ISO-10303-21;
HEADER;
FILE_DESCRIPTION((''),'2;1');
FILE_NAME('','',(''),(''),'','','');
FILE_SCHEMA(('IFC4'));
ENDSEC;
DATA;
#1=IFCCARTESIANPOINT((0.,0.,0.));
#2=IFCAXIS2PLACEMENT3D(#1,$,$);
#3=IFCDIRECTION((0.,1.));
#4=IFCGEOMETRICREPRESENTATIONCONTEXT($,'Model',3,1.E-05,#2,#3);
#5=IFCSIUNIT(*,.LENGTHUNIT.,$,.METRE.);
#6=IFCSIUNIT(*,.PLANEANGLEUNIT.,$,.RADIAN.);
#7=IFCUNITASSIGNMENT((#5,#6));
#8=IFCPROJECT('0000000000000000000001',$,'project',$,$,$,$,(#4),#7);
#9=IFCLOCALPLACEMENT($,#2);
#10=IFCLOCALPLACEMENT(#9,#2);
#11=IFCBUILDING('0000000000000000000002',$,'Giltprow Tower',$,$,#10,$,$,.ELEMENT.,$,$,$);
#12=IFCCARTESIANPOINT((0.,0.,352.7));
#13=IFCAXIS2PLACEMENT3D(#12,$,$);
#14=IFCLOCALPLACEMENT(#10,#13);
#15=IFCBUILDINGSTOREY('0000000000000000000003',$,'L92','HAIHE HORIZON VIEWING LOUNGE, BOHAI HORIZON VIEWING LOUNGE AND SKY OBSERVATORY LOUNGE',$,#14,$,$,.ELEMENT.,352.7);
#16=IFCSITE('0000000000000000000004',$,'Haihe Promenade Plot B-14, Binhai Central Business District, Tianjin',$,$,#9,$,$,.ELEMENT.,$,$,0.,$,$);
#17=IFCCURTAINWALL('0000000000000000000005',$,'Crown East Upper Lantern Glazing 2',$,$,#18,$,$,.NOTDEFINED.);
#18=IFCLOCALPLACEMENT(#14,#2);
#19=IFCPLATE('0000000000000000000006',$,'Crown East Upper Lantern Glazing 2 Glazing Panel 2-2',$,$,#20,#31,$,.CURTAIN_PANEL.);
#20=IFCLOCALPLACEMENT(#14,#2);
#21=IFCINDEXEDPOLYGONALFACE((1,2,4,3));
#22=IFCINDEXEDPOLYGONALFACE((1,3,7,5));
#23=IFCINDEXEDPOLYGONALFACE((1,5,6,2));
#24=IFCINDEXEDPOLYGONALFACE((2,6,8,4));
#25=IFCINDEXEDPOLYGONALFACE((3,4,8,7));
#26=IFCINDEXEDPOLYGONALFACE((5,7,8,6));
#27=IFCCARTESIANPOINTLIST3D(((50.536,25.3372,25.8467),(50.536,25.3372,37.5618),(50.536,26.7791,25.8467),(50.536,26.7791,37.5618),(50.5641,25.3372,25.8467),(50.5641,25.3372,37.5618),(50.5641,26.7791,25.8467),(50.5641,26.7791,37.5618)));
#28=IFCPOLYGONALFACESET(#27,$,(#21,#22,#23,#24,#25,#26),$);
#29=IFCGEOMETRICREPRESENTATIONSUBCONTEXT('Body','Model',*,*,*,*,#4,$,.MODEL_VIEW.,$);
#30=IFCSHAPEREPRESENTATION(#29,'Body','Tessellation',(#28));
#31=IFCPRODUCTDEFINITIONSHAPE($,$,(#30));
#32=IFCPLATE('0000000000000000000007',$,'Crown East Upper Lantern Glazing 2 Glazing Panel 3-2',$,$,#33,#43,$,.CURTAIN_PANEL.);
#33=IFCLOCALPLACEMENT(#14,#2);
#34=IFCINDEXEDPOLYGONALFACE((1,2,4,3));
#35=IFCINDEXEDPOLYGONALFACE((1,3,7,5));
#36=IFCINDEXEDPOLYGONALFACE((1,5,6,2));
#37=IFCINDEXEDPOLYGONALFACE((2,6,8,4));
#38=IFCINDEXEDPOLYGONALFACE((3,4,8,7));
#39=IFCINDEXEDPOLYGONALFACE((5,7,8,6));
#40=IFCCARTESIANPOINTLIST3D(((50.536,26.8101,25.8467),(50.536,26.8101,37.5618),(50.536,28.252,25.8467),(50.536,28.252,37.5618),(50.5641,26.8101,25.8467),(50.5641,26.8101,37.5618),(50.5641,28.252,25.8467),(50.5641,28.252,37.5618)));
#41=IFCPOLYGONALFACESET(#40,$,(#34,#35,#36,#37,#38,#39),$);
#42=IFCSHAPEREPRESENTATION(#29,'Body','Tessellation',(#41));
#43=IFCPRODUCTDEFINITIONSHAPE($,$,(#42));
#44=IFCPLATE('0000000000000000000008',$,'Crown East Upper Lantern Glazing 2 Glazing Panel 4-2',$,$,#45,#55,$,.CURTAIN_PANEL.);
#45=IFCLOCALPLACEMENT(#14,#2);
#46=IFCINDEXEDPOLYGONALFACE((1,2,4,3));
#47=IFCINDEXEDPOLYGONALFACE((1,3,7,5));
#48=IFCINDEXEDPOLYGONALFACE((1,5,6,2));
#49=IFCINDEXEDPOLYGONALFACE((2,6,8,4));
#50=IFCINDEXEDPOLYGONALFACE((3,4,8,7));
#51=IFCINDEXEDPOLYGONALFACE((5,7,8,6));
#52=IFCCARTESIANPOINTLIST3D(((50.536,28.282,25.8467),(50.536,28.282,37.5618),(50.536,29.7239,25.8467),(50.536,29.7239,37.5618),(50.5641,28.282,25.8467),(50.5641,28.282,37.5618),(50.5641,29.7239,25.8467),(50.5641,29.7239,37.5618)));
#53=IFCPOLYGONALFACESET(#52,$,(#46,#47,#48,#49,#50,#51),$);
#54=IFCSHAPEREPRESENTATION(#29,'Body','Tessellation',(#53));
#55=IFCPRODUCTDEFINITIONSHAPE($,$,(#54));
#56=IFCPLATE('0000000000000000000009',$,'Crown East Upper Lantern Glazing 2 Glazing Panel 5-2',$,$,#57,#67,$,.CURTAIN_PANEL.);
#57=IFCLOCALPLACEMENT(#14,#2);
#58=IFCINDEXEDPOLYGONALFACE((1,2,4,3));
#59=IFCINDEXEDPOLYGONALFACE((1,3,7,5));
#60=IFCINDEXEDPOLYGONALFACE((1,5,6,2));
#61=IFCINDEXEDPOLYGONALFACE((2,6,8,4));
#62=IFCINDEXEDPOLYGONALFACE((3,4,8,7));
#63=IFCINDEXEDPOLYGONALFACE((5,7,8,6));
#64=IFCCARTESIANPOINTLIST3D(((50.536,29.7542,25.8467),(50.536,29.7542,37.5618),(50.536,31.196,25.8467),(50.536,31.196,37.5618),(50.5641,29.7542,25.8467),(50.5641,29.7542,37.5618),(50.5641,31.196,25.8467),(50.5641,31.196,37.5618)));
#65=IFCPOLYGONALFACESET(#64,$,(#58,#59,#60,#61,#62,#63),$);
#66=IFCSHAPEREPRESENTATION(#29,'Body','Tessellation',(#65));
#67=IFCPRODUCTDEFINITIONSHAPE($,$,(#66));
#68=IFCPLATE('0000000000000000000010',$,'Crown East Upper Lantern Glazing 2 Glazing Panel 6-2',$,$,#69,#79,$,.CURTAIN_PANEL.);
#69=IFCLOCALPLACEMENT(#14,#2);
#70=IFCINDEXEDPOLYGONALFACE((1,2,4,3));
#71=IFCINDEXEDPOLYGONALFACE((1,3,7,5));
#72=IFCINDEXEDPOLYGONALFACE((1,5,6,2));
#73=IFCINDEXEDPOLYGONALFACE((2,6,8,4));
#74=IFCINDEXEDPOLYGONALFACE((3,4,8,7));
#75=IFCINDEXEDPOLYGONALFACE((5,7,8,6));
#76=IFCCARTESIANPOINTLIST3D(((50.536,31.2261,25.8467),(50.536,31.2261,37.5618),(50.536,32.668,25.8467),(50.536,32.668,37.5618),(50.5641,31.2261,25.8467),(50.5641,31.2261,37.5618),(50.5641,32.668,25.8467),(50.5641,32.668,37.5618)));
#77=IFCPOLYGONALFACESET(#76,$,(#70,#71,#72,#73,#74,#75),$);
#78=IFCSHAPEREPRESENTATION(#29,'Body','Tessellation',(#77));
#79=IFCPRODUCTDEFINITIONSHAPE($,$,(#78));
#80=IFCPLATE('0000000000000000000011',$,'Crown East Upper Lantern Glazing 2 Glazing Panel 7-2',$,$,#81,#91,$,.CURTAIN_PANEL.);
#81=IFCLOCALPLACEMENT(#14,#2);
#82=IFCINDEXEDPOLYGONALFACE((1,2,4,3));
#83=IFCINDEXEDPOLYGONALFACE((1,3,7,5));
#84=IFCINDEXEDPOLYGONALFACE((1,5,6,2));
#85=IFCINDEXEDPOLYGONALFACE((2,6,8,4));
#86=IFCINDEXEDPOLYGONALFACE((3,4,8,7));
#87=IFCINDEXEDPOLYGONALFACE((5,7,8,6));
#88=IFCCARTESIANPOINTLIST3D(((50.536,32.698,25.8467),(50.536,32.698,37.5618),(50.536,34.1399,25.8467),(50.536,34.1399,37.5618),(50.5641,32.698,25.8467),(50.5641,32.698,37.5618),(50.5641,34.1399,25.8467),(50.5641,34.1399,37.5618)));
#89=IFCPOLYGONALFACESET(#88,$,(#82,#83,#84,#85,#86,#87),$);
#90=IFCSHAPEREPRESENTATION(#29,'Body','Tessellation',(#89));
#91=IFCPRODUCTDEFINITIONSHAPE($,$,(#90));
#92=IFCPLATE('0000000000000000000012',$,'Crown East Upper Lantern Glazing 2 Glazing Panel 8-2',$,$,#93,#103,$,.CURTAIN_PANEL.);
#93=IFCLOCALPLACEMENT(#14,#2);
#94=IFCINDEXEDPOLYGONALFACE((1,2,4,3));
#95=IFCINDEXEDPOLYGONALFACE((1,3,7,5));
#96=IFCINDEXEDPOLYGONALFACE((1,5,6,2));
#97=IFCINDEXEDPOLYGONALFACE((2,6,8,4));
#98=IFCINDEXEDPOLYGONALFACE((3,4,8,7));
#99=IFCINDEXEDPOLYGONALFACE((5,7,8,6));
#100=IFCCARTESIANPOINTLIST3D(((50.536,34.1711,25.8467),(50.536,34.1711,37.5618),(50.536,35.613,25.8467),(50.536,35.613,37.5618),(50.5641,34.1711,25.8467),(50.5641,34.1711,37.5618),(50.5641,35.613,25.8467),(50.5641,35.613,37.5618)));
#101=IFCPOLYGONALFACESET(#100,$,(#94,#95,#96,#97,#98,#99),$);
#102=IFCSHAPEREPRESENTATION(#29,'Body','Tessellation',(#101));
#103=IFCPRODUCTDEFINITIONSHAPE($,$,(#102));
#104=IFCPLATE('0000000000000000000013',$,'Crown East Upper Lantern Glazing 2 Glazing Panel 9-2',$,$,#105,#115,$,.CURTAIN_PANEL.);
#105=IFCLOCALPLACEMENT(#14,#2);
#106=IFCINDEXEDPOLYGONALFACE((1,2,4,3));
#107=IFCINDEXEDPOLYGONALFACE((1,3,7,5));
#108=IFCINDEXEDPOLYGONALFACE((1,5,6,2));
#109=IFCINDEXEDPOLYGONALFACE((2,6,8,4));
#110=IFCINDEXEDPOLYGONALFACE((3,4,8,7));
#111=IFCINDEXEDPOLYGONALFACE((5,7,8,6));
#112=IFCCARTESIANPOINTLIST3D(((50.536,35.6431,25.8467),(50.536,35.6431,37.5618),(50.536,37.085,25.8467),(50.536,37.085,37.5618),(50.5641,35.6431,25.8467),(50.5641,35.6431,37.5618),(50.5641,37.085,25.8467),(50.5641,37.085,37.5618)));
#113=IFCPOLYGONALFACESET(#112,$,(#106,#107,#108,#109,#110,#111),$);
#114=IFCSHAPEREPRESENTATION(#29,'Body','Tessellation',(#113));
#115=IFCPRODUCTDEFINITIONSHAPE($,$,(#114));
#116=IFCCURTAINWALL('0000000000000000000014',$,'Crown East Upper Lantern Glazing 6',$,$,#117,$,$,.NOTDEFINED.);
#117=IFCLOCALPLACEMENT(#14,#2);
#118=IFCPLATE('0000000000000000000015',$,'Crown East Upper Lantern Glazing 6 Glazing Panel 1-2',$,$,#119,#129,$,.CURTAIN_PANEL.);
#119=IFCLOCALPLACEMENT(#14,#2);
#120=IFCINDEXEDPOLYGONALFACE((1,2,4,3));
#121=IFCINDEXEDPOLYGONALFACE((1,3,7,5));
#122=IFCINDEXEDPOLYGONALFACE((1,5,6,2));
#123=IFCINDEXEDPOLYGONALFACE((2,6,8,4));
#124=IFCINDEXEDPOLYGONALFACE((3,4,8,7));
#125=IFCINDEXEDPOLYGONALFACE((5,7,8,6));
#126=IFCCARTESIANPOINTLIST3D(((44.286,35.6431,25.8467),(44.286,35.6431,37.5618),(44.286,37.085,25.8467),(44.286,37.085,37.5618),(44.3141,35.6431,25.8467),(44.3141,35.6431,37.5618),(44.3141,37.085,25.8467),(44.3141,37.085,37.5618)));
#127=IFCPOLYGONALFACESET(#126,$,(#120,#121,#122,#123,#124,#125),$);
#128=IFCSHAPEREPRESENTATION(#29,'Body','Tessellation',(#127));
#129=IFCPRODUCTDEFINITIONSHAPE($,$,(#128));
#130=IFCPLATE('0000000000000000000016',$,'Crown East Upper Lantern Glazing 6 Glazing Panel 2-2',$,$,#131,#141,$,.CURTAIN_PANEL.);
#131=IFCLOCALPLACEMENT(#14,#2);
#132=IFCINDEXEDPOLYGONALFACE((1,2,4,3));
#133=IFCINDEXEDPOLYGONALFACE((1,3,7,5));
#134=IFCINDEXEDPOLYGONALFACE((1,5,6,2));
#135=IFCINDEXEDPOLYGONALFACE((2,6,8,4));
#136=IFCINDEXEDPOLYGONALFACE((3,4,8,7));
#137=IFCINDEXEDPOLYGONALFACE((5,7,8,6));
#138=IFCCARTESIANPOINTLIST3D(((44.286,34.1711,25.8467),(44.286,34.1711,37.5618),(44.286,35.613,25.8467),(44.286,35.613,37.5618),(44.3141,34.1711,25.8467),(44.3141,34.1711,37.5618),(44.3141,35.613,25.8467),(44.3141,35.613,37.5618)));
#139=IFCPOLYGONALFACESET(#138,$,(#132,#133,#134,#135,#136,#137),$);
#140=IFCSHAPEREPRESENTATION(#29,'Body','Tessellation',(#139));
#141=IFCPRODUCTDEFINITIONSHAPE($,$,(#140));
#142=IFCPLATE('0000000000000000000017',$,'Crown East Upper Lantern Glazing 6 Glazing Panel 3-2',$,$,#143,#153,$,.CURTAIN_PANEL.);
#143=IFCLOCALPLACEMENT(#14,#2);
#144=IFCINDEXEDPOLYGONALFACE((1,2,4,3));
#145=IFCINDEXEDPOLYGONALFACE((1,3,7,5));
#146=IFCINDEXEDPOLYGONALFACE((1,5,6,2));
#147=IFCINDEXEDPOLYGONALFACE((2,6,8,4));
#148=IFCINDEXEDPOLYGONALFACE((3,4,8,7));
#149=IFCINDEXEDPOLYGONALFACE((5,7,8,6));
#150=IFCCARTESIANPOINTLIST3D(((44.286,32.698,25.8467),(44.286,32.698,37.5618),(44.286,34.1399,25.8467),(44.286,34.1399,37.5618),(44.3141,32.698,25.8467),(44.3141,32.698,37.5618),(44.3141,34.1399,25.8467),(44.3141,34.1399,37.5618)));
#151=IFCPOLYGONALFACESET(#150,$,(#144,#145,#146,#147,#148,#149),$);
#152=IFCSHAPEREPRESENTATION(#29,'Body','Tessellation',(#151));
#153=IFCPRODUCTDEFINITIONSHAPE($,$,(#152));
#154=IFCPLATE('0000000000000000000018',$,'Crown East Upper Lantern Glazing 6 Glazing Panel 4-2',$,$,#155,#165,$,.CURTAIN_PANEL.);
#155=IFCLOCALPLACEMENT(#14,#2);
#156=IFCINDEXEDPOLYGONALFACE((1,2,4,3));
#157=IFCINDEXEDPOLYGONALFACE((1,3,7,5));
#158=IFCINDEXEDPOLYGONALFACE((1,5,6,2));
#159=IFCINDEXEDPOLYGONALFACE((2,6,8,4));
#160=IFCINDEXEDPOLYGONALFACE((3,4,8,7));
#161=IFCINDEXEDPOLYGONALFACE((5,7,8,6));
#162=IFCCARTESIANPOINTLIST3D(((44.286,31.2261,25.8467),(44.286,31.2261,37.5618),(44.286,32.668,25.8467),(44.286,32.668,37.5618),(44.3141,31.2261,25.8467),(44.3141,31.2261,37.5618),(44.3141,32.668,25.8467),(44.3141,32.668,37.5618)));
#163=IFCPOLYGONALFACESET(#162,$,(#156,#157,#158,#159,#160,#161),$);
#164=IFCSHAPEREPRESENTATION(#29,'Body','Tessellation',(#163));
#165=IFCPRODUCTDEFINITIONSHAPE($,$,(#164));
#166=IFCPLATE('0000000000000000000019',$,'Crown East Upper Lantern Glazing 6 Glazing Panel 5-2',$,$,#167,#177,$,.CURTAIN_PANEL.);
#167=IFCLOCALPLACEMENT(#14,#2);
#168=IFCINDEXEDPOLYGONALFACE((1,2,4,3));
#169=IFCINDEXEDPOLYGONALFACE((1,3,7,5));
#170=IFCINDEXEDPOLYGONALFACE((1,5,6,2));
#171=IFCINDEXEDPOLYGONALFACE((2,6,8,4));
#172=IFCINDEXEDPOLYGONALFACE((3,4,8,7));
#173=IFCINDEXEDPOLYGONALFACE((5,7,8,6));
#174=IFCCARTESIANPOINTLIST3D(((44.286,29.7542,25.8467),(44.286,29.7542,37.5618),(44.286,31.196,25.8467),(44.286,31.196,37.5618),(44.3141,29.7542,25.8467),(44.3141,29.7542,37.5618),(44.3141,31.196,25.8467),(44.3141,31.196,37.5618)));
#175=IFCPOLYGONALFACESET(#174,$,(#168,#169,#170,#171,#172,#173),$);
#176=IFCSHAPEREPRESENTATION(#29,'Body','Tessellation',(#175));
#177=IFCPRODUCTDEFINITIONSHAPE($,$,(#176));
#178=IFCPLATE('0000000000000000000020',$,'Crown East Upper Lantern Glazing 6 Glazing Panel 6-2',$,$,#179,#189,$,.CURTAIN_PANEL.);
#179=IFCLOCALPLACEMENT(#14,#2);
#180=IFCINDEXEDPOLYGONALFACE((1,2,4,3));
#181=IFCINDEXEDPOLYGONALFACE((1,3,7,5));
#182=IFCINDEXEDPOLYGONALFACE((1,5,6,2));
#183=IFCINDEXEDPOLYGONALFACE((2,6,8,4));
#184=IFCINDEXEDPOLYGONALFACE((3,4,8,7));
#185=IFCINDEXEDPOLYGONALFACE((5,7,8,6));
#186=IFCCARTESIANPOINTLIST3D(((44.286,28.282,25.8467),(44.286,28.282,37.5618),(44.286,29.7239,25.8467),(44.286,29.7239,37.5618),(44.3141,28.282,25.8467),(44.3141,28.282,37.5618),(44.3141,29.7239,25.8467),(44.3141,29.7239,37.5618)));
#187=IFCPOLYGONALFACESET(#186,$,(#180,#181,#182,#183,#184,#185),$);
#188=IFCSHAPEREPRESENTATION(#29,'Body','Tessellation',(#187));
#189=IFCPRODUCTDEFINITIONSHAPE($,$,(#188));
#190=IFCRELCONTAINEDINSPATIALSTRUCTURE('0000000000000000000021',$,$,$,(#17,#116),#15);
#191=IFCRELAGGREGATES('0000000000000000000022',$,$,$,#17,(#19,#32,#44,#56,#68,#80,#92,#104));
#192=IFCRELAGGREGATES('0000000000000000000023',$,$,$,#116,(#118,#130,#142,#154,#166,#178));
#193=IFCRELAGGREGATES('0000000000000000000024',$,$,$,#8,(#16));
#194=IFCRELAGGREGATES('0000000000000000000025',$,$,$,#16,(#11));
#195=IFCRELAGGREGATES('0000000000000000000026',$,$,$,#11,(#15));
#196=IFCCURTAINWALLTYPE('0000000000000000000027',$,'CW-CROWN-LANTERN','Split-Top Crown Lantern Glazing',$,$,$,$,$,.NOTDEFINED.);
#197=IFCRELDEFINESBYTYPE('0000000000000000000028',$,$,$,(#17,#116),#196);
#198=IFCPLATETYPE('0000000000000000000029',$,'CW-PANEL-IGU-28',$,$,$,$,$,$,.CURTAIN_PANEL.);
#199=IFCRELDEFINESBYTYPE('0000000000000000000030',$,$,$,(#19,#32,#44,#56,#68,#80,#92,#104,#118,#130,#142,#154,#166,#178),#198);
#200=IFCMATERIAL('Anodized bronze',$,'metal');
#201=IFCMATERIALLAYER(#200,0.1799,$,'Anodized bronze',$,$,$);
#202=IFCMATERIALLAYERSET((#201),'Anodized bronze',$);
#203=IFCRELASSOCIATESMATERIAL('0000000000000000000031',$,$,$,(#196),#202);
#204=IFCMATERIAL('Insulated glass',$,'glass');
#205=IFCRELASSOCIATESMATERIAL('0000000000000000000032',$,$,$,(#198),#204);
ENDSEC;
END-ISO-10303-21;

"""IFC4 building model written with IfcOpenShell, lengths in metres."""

from ifc_helpers import new_model, si_unit, direction, frame, origin, origin_2d, place, context, subcontext, project, spatial, rectangle, extrude, source, transform, mapped, material, layer, layer_set, type_object, element, aggregate, save


model = new_model("IFC4")

# Units and contexts
model_context = context("Model", 3, precision=1e-05, world=origin(), true_north=direction((0.0, 1.0)))
body_context = subcontext(model_context, "Body", "Model", "MODEL_VIEW")
ifc_project = project(units=[si_unit("LENGTHUNIT", "METRE"), si_unit("PLANEANGLEUNIT", "RADIAN")], contexts=[model_context])

# Site, building, storey
site_placement = place(None, origin())
site = spatial("IfcSite", under=ifc_project, at=site_placement, Name="Haihe Promenade Plot B-14, Binhai Central Business District, Tianjin", CompositionType="ELEMENT", RefElevation=0.0)
building_placement = place(site_placement, origin())
building = spatial("IfcBuilding", under=site, at=building_placement, Name="Giltprow Tower", CompositionType="ELEMENT")
storey_placement = place(building_placement, frame((0.0, 0.0, 352.7)))
storey = spatial("IfcBuildingStorey", under=building, at=storey_placement, Name="L92", Description="HAIHE HORIZON VIEWING LOUNGE, BOHAI HORIZON VIEWING LOUNGE AND SKY OBSERVATORY LOUNGE", CompositionType="ELEMENT", Elevation=352.7)

# Curtain wall
ifc_material_1 = material(Name="Anodized bronze", Category="metal")
ifc_layer_1 = layer(ifc_material_1, 0.1799, Name="Anodized bronze")
ifc_layer_set_1 = layer_set([ifc_layer_1], Name="Anodized bronze")
curtain_wall_type = type_object("IfcCurtainWallType", Name="CW-CROWN-LANTERN", Description="Split-Top Crown Lantern Glazing", PredefinedType="NOTDEFINED", material=ifc_layer_set_1)
curtain_wall_1_placement = place(storey_placement, origin())
curtain_wall_1 = element("IfcCurtainWall", 1, at=curtain_wall_1_placement, inside=storey, type_object=curtain_wall_type, Name="Crown East Upper Lantern Glazing 2", PredefinedType="NOTDEFINED")

# Plates
ifc_material_2 = material(Name="Insulated glass", Category="glass")
plate_type_1 = type_object("IfcPlateType", Name="CW-PANEL-IGU-28", PredefinedType="CURTAIN_PANEL", material=ifc_material_2)
shared_shape_1 = source(origin(), body_context, "Body", "SweptSolid", [
    extrude(rectangle(XDim=1.4419, YDim=0.0281, at=origin_2d()), origin(), (0.0, 0.0, 1.0), 11.7151),
])
plate_1_placement = place(storey_placement, frame((50.55, 26.0581, 25.8467), z_axis=(0.0, 0.0, 1.0), x_axis=(0.0, 1.0, 0.0)))
plate_1 = element("IfcPlate", 2, at=plate_1_placement, type_object=plate_type_1, Name="Crown East Upper Lantern Glazing 2 Glazing Panel 2-2", PredefinedType="CURTAIN_PANEL", context=body_context, shape_type="MappedRepresentation", body=[
    mapped(shared_shape_1, transform((0.0, 0.0, 0.0), x_axis=(1.0, 0.0, 0.0), y_axis=(0.0, 1.0, 0.0), z_axis=(0.0, 0.0, 1.0), scale=1.0)),
])
plate_2_placement = place(storey_placement, frame((50.55, 27.531, 25.8467), z_axis=(0.0, 0.0, 1.0), x_axis=(0.0, 1.0, 0.0)))
plate_2 = element("IfcPlate", 3, at=plate_2_placement, type_object=plate_type_1, Name="Crown East Upper Lantern Glazing 2 Glazing Panel 3-2", PredefinedType="CURTAIN_PANEL", context=body_context, shape_type="MappedRepresentation", body=[
    mapped(shared_shape_1, transform((0.0, 0.0, 0.0), x_axis=(1.0, 0.0, 0.0), y_axis=(0.0, 1.0, 0.0), z_axis=(0.0, 0.0, 1.0), scale=1.0)),
])
plate_3_placement = place(storey_placement, frame((50.55, 29.0029, 25.8467), z_axis=(0.0, 0.0, 1.0), x_axis=(0.0, 1.0, 0.0)))
plate_3 = element("IfcPlate", 4, at=plate_3_placement, type_object=plate_type_1, Name="Crown East Upper Lantern Glazing 2 Glazing Panel 4-2", PredefinedType="CURTAIN_PANEL", context=body_context, shape_type="MappedRepresentation", body=[
    mapped(shared_shape_1, transform((0.0, 0.0, 0.0), x_axis=(1.0, 0.0, 0.0), y_axis=(0.0, 1.0, 0.0), z_axis=(0.0, 0.0, 1.0), scale=1.0)),
])
plate_4_placement = place(storey_placement, frame((50.55, 30.4751, 25.8467), z_axis=(0.0, 0.0, 1.0), x_axis=(0.0, 1.0, 0.0)))
plate_4 = element("IfcPlate", 5, at=plate_4_placement, type_object=plate_type_1, Name="Crown East Upper Lantern Glazing 2 Glazing Panel 5-2", PredefinedType="CURTAIN_PANEL", context=body_context, shape_type="MappedRepresentation", body=[
    mapped(shared_shape_1, transform((0.0, 0.0, 0.0), x_axis=(1.0, 0.0, 0.0), y_axis=(0.0, 1.0, 0.0), z_axis=(0.0, 0.0, 1.0), scale=1.0)),
])
plate_5_placement = place(storey_placement, frame((50.55, 31.947, 25.8467), z_axis=(0.0, 0.0, 1.0), x_axis=(0.0, 1.0, 0.0)))
plate_5 = element("IfcPlate", 6, at=plate_5_placement, type_object=plate_type_1, Name="Crown East Upper Lantern Glazing 2 Glazing Panel 6-2", PredefinedType="CURTAIN_PANEL", context=body_context, shape_type="MappedRepresentation", body=[
    mapped(shared_shape_1, transform((0.0, 0.0, 0.0), x_axis=(1.0, 0.0, 0.0), y_axis=(0.0, 1.0, 0.0), z_axis=(0.0, 0.0, 1.0), scale=1.0)),
])
plate_6_placement = place(storey_placement, frame((50.55, 33.4189, 25.8467), z_axis=(0.0, 0.0, 1.0), x_axis=(0.0, 1.0, 0.0)))
plate_6 = element("IfcPlate", 7, at=plate_6_placement, type_object=plate_type_1, Name="Crown East Upper Lantern Glazing 2 Glazing Panel 7-2", PredefinedType="CURTAIN_PANEL", context=body_context, shape_type="MappedRepresentation", body=[
    mapped(shared_shape_1, transform((0.0, 0.0, 0.0), x_axis=(1.0, 0.0, 0.0), y_axis=(0.0, 1.0, 0.0), z_axis=(0.0, 0.0, 1.0), scale=1.0)),
])
plate_7_placement = place(storey_placement, frame((50.55, 34.8921, 25.8467), z_axis=(0.0, 0.0, 1.0), x_axis=(0.0, 1.0, 0.0)))
plate_7 = element("IfcPlate", 8, at=plate_7_placement, type_object=plate_type_1, Name="Crown East Upper Lantern Glazing 2 Glazing Panel 8-2", PredefinedType="CURTAIN_PANEL", context=body_context, shape_type="MappedRepresentation", body=[
    mapped(shared_shape_1, transform((0.0, 0.0, 0.0), x_axis=(1.0, 0.0, 0.0), y_axis=(0.0, 1.0, 0.0), z_axis=(0.0, 0.0, 1.0), scale=1.0)),
])
plate_8_placement = place(storey_placement, frame((50.55, 36.364, 25.8467), z_axis=(0.0, 0.0, 1.0), x_axis=(0.0, 1.0, 0.0)))
plate_8 = element("IfcPlate", 9, at=plate_8_placement, type_object=plate_type_1, Name="Crown East Upper Lantern Glazing 2 Glazing Panel 9-2", PredefinedType="CURTAIN_PANEL", context=body_context, shape_type="MappedRepresentation", body=[
    mapped(shared_shape_1, transform((0.0, 0.0, 0.0), x_axis=(1.0, 0.0, 0.0), y_axis=(0.0, 1.0, 0.0), z_axis=(0.0, 0.0, 1.0), scale=1.0)),
])
aggregate(curtain_wall_1, [plate_1, plate_2, plate_3, plate_4, plate_5, plate_6, plate_7, plate_8])

# Curtain wall, plates
curtain_wall_2_placement = place(storey_placement, origin())
curtain_wall_2 = element("IfcCurtainWall", 10, at=curtain_wall_2_placement, inside=storey, type_object=curtain_wall_type, Name="Crown East Upper Lantern Glazing 6", PredefinedType="NOTDEFINED")
plate_9_placement = place(storey_placement, frame((44.3, 36.364, 25.8467), z_axis=(0.0, 0.0, 1.0), x_axis=(0.0, -1.0, 0.0)))
plate_9 = element("IfcPlate", 11, at=plate_9_placement, type_object=plate_type_1, Name="Crown East Upper Lantern Glazing 6 Glazing Panel 1-2", PredefinedType="CURTAIN_PANEL", context=body_context, shape_type="MappedRepresentation", body=[
    mapped(shared_shape_1, transform((0.0, 0.0, 0.0), x_axis=(1.0, 0.0, 0.0), y_axis=(0.0, 1.0, 0.0), z_axis=(0.0, 0.0, 1.0), scale=1.0)),
])
plate_10_placement = place(storey_placement, frame((44.3, 34.8921, 25.8467), z_axis=(0.0, 0.0, 1.0), x_axis=(0.0, -1.0, 0.0)))
plate_10 = element("IfcPlate", 12, at=plate_10_placement, type_object=plate_type_1, Name="Crown East Upper Lantern Glazing 6 Glazing Panel 2-2", PredefinedType="CURTAIN_PANEL", context=body_context, shape_type="MappedRepresentation", body=[
    mapped(shared_shape_1, transform((0.0, 0.0, 0.0), x_axis=(1.0, 0.0, 0.0), y_axis=(0.0, 1.0, 0.0), z_axis=(0.0, 0.0, 1.0), scale=1.0)),
])
plate_11_placement = place(storey_placement, frame((44.3, 33.4189, 25.8467), z_axis=(0.0, 0.0, 1.0), x_axis=(0.0, -1.0, 0.0)))
plate_11 = element("IfcPlate", 13, at=plate_11_placement, type_object=plate_type_1, Name="Crown East Upper Lantern Glazing 6 Glazing Panel 3-2", PredefinedType="CURTAIN_PANEL", context=body_context, shape_type="MappedRepresentation", body=[
    mapped(shared_shape_1, transform((0.0, 0.0, 0.0), x_axis=(1.0, 0.0, 0.0), y_axis=(0.0, 1.0, 0.0), z_axis=(0.0, 0.0, 1.0), scale=1.0)),
])
plate_12_placement = place(storey_placement, frame((44.3, 31.947, 25.8467), z_axis=(0.0, 0.0, 1.0), x_axis=(0.0, -1.0, 0.0)))
plate_12 = element("IfcPlate", 14, at=plate_12_placement, type_object=plate_type_1, Name="Crown East Upper Lantern Glazing 6 Glazing Panel 4-2", PredefinedType="CURTAIN_PANEL", context=body_context, shape_type="MappedRepresentation", body=[
    mapped(shared_shape_1, transform((0.0, 0.0, 0.0), x_axis=(1.0, 0.0, 0.0), y_axis=(0.0, 1.0, 0.0), z_axis=(0.0, 0.0, 1.0), scale=1.0)),
])
plate_13_placement = place(storey_placement, frame((44.3, 30.4751, 25.8467), z_axis=(0.0, 0.0, 1.0), x_axis=(0.0, -1.0, 0.0)))
plate_13 = element("IfcPlate", 15, at=plate_13_placement, type_object=plate_type_1, Name="Crown East Upper Lantern Glazing 6 Glazing Panel 5-2", PredefinedType="CURTAIN_PANEL", context=body_context, shape_type="MappedRepresentation", body=[
    mapped(shared_shape_1, transform((0.0, 0.0, 0.0), x_axis=(1.0, 0.0, 0.0), y_axis=(0.0, 1.0, 0.0), z_axis=(0.0, 0.0, 1.0), scale=1.0)),
])
plate_14_placement = place(storey_placement, frame((44.3, 29.0029, 25.8467), z_axis=(0.0, 0.0, 1.0), x_axis=(0.0, -1.0, 0.0)))
plate_14 = element("IfcPlate", 16, at=plate_14_placement, type_object=plate_type_1, Name="Crown East Upper Lantern Glazing 6 Glazing Panel 6-2", PredefinedType="CURTAIN_PANEL", context=body_context, shape_type="MappedRepresentation", body=[
    mapped(shared_shape_1, transform((0.0, 0.0, 0.0), x_axis=(1.0, 0.0, 0.0), y_axis=(0.0, 1.0, 0.0), z_axis=(0.0, 0.0, 1.0), scale=1.0)),
])
aggregate(curtain_wall_2, [plate_9, plate_10, plate_11, plate_12, plate_13, plate_14])

save(model, "model.ifc")
